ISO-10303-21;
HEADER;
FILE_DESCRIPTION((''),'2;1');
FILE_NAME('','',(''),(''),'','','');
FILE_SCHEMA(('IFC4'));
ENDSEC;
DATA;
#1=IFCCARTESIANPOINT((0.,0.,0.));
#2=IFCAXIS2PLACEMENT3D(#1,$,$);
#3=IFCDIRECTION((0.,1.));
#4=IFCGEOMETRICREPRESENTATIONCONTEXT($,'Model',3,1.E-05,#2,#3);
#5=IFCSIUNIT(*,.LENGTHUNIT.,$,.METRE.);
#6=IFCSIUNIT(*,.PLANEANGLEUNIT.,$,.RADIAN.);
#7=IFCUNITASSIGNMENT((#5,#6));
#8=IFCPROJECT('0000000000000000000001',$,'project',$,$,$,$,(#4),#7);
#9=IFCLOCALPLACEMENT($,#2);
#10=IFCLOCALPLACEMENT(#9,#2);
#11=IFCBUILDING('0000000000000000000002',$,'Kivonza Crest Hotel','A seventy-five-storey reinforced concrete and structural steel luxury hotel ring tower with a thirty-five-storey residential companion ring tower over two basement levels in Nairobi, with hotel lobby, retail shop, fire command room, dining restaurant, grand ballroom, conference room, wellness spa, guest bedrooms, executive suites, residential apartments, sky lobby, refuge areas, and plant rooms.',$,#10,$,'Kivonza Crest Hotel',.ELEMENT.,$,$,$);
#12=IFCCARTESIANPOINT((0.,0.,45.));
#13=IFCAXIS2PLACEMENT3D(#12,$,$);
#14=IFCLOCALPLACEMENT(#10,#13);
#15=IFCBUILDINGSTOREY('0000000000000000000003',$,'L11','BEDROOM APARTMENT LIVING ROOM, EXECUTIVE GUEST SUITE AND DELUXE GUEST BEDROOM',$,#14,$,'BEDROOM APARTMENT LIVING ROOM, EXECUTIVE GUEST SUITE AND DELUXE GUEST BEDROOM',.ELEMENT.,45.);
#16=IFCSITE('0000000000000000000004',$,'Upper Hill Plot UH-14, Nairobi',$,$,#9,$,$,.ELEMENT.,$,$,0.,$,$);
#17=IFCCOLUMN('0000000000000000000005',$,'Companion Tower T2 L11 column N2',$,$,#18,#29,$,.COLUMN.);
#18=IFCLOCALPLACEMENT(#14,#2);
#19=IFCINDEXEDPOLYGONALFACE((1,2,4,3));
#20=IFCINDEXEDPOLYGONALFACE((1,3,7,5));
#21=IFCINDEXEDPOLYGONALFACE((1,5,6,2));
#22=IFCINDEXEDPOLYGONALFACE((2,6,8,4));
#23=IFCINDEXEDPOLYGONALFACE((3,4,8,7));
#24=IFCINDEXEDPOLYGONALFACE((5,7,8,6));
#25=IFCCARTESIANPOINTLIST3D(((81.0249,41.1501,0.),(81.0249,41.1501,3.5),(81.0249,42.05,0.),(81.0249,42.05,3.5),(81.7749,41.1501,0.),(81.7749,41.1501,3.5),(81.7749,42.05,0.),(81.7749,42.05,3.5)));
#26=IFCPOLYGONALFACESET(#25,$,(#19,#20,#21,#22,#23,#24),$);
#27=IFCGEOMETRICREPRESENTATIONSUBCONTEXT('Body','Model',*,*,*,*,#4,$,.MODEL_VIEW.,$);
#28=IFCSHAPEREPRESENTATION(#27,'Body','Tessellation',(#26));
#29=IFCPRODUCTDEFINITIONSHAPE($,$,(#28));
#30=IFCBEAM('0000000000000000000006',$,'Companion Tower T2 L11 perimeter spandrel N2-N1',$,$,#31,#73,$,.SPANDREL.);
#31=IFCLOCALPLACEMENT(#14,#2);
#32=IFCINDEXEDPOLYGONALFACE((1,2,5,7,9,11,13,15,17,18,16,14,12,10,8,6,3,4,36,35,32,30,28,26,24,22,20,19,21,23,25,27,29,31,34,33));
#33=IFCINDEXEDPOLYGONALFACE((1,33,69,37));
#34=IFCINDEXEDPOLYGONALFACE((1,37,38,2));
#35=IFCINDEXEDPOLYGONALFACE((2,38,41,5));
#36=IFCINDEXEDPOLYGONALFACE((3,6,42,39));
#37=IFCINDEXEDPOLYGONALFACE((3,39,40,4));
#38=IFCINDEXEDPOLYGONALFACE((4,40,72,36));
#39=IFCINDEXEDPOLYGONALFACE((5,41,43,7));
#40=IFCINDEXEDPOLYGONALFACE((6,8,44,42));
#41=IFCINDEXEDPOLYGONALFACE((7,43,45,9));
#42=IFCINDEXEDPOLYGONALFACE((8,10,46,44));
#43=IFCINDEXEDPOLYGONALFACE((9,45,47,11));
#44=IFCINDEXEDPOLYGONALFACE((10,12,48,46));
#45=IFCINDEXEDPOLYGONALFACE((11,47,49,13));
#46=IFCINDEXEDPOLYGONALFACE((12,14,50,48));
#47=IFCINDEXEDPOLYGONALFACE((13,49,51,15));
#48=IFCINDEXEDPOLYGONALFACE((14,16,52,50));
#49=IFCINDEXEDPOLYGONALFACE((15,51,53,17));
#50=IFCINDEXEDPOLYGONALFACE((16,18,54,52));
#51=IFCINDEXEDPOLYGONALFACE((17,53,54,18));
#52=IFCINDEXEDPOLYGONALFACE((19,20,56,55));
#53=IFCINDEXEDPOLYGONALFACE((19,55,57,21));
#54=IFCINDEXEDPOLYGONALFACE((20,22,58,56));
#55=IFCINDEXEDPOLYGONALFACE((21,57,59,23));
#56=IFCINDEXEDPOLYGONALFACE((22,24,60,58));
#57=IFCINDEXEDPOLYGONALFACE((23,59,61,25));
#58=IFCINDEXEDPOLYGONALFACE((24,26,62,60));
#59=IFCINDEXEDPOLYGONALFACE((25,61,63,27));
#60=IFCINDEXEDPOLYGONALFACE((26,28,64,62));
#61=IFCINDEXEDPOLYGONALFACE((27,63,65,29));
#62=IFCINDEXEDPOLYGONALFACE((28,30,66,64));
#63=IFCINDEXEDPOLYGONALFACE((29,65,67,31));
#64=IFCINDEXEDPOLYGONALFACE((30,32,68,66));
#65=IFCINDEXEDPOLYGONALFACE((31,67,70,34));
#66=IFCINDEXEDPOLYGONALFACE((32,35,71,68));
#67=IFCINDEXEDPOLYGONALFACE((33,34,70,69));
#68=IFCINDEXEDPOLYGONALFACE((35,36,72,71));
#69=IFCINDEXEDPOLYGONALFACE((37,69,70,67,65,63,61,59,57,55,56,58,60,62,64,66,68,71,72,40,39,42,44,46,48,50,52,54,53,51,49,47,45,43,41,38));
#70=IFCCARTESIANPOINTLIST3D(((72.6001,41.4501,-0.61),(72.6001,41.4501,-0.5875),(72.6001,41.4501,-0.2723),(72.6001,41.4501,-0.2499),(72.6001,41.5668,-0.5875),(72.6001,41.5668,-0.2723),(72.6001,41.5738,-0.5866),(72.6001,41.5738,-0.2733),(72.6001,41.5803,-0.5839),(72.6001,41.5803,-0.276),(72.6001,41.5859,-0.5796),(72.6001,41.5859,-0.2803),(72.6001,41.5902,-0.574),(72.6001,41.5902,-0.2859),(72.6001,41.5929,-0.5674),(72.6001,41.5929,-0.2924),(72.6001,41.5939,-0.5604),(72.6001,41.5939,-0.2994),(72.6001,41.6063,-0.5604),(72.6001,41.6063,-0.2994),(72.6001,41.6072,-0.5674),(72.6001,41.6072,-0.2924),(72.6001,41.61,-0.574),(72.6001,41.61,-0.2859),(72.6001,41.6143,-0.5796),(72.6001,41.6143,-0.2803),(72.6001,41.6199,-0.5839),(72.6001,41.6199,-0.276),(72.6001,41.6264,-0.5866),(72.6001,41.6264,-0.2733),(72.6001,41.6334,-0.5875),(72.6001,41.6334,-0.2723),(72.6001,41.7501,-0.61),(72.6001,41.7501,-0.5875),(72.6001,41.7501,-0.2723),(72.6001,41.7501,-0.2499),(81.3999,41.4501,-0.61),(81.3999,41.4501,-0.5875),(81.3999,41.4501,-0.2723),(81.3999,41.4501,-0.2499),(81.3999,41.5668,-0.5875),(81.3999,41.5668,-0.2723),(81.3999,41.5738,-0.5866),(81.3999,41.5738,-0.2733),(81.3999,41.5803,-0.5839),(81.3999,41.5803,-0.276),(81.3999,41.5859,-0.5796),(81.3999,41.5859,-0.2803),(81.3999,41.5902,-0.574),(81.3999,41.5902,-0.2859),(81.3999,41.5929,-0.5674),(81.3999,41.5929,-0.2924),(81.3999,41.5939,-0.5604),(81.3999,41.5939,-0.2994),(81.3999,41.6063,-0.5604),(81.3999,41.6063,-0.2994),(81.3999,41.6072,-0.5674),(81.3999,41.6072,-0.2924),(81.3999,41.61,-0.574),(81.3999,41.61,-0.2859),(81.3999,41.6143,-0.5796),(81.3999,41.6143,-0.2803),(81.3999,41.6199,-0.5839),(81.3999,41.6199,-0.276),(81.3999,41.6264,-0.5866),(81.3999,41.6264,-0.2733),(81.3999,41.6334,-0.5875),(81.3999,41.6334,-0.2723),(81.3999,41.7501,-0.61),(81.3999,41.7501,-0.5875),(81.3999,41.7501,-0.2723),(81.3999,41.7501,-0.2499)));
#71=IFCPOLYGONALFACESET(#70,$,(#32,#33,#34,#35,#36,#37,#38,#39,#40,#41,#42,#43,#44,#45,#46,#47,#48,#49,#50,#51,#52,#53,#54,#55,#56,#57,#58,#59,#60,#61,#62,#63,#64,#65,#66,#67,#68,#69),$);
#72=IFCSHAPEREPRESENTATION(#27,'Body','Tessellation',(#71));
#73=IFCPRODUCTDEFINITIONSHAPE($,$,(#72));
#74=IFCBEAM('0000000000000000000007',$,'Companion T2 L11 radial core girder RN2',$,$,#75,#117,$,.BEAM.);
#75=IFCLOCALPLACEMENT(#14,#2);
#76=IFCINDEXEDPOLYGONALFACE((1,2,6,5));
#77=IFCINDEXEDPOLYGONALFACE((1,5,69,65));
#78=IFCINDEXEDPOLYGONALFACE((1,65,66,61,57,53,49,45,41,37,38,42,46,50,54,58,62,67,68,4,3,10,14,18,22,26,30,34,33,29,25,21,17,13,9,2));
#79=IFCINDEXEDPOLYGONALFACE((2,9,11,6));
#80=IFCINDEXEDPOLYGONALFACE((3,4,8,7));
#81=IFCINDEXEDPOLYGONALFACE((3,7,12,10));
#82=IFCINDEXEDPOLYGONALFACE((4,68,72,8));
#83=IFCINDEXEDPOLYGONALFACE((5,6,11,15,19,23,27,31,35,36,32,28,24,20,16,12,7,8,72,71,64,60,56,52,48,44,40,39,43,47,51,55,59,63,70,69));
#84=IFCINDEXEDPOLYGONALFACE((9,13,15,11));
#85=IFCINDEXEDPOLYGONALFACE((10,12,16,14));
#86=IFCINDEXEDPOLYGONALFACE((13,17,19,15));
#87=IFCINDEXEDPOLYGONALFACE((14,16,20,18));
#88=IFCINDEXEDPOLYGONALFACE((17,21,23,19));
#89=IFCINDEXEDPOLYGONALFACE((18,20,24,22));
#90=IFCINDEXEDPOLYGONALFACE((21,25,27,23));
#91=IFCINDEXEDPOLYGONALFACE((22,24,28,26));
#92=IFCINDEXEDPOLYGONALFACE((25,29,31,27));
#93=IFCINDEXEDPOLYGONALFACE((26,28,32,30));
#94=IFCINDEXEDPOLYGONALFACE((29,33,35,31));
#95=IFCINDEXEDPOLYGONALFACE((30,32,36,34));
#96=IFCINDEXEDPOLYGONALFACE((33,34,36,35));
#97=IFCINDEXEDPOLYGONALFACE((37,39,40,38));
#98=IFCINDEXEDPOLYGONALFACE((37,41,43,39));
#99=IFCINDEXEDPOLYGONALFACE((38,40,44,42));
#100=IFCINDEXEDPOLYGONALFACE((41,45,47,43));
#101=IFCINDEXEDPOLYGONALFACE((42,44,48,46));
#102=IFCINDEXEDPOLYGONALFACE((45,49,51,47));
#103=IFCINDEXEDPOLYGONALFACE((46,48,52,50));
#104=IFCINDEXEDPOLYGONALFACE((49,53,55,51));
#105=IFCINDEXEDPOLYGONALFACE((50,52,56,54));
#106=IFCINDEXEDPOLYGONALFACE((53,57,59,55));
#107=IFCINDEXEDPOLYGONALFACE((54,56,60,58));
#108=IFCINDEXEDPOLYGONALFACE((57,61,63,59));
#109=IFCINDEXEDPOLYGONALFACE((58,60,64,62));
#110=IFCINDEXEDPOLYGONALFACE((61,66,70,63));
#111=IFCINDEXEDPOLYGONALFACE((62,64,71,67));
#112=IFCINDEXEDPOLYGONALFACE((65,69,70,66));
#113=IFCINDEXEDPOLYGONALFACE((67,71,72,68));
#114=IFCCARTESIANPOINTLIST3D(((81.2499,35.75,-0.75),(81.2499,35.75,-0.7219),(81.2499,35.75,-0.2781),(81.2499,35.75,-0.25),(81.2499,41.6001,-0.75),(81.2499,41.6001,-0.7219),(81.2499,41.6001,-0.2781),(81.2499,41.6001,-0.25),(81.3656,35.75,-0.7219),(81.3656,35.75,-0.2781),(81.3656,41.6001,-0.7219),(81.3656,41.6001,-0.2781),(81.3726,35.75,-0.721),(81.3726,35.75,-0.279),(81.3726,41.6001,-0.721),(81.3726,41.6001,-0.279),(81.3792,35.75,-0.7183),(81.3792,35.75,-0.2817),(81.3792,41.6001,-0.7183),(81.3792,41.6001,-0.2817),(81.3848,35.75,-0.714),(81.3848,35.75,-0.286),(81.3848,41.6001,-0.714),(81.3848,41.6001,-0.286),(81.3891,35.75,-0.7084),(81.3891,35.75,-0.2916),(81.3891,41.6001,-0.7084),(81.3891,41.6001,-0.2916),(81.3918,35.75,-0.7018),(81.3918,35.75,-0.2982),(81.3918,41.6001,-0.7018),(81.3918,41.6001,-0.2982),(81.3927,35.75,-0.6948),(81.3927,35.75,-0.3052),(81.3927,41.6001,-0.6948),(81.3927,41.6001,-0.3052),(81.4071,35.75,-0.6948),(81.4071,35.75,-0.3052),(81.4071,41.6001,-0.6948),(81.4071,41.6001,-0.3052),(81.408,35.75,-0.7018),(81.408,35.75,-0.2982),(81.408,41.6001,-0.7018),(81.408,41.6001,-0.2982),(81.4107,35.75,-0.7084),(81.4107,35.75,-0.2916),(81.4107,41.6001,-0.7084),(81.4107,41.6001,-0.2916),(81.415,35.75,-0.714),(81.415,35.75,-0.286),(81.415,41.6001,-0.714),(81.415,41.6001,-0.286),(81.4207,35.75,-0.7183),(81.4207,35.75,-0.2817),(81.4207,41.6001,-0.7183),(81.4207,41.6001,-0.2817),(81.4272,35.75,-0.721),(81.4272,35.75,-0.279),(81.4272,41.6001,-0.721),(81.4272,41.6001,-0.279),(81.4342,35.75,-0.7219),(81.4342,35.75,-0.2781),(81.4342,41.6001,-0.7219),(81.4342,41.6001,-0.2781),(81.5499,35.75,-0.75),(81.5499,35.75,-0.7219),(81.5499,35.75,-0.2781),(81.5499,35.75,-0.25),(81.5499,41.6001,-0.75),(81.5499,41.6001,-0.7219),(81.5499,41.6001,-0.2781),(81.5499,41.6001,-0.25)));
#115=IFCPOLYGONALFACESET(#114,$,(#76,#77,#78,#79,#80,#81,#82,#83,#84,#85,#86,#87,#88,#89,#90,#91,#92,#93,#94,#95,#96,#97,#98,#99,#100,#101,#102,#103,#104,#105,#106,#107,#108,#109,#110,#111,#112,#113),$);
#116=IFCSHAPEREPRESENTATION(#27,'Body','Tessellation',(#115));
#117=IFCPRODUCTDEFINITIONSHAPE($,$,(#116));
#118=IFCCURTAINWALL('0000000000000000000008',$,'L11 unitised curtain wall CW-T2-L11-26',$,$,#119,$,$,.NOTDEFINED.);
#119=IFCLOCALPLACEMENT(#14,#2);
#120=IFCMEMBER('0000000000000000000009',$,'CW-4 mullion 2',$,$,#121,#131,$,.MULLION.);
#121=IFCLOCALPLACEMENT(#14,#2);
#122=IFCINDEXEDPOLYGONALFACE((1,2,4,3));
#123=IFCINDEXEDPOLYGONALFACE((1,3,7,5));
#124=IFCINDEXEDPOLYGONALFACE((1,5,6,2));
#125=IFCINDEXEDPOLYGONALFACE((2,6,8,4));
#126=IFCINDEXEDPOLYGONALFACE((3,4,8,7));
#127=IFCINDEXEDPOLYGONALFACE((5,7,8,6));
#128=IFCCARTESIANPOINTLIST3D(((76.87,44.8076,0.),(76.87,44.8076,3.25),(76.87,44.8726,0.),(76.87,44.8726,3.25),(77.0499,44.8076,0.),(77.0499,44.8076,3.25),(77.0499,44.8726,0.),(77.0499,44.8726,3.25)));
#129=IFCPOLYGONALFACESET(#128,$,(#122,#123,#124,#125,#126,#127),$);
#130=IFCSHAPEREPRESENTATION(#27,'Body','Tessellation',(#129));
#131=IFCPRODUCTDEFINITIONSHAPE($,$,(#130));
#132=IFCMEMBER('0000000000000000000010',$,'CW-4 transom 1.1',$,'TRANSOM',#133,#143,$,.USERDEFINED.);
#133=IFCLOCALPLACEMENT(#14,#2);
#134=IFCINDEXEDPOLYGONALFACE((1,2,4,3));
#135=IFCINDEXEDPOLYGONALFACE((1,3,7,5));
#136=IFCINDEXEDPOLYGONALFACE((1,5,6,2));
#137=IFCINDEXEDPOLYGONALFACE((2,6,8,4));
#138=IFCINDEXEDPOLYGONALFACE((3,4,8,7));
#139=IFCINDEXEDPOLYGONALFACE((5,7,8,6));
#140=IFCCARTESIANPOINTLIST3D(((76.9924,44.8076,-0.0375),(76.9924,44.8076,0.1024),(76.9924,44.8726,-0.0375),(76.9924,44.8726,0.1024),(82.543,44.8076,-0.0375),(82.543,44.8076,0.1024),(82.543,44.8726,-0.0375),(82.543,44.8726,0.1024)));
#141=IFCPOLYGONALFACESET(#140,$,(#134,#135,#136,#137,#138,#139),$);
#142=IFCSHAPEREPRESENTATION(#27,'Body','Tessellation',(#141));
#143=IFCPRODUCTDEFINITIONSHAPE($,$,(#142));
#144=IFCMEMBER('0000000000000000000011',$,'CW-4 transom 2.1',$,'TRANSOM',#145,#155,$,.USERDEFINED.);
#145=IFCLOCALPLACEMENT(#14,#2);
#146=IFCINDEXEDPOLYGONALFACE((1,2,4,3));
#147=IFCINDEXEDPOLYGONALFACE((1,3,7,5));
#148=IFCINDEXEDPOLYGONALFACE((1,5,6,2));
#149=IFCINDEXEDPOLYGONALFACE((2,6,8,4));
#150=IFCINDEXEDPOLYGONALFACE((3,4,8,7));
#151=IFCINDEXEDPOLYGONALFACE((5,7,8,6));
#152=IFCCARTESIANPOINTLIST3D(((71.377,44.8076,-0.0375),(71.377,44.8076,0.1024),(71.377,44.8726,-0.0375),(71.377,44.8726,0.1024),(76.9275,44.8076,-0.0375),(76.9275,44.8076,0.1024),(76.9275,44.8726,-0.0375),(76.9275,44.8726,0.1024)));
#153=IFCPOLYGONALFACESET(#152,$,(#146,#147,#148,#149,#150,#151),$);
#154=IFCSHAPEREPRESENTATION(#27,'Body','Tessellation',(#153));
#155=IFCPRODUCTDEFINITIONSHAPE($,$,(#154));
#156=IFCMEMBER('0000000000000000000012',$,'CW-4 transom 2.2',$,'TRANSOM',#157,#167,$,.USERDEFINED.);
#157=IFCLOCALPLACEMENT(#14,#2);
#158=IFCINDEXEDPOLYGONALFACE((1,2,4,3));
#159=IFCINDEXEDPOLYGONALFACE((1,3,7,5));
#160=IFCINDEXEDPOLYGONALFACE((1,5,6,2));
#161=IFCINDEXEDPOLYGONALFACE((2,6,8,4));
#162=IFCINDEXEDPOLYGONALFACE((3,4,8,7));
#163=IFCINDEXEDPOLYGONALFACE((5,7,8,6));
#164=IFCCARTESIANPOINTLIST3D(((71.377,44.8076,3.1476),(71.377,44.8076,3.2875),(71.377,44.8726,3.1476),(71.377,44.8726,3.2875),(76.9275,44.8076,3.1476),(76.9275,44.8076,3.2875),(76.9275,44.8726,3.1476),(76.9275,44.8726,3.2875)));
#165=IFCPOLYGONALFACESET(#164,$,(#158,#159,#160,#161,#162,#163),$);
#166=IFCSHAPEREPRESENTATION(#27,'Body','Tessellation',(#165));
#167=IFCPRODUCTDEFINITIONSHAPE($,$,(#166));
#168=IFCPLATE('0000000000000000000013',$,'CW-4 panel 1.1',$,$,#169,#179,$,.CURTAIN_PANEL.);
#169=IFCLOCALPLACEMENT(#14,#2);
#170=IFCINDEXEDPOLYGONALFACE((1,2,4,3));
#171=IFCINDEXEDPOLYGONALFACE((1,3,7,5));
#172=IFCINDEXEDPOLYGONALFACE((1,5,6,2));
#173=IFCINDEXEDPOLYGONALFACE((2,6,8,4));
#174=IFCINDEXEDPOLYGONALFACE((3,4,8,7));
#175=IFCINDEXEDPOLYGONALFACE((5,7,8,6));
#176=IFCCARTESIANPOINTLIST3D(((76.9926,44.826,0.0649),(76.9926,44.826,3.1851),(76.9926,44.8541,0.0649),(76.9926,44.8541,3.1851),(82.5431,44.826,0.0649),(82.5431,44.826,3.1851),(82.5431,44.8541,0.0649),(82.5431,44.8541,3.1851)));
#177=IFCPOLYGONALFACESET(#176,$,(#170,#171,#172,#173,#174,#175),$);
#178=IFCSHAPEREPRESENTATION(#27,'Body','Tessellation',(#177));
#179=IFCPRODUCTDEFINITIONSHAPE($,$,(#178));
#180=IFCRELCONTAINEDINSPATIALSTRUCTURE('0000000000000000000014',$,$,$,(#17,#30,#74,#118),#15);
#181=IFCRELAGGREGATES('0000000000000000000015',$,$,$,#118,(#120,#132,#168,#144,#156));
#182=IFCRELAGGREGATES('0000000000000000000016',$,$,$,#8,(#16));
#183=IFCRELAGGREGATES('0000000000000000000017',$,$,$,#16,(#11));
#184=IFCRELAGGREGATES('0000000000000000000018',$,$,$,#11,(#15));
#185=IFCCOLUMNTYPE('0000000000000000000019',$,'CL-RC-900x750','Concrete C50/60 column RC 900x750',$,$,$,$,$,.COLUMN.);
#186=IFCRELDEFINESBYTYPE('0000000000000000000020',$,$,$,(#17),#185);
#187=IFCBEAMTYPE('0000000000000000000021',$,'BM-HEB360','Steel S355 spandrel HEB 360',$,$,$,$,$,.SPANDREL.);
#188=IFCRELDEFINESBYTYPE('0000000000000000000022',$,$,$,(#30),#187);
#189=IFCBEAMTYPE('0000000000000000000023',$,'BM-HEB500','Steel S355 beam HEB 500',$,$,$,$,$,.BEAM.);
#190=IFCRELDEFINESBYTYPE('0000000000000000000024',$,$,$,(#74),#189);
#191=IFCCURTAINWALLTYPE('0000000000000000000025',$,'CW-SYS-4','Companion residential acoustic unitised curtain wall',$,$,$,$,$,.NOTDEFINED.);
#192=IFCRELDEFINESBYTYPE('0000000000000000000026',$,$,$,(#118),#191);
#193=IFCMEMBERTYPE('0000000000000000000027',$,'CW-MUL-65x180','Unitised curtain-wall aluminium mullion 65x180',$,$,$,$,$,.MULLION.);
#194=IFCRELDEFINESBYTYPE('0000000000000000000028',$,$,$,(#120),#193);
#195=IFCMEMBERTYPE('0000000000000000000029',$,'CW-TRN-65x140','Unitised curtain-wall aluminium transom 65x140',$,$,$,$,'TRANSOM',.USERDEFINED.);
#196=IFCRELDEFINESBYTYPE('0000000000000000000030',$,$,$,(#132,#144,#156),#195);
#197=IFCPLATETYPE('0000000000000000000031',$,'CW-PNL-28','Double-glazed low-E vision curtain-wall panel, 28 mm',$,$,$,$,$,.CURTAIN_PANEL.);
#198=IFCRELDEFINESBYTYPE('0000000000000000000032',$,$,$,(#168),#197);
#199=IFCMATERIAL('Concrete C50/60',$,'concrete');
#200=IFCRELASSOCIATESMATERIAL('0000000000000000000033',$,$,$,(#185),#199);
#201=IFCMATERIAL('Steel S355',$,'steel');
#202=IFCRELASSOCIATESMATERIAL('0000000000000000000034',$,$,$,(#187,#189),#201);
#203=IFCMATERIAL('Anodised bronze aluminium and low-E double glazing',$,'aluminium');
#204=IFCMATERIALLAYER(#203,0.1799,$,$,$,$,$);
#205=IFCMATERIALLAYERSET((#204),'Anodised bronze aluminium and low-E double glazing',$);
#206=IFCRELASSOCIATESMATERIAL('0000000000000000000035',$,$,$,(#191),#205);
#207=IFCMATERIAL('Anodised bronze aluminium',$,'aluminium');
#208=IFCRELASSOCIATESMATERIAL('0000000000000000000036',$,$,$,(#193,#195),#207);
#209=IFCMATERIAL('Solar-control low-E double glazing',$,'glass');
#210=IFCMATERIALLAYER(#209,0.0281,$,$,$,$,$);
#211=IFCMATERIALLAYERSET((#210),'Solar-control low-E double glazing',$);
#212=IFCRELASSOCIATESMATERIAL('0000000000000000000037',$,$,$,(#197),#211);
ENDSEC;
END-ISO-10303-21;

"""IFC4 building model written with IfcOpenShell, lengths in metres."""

from ifc_helpers import new_model, si_unit, direction, frame, origin, origin_2d, place, context, subcontext, project, spatial, rectangle, i_section, extrude, material, layer, layer_set, material_profile, profile_set, type_object, element, aggregate, save


model = new_model("IFC4")

# Units and contexts
model_context = context("Model", 3, precision=1e-05, world=origin(), true_north=direction((0.0, 1.0)))
body_context = subcontext(model_context, "Body", "Model", "MODEL_VIEW")
ifc_project = project(units=[si_unit("LENGTHUNIT", "METRE"), si_unit("PLANEANGLEUNIT", "RADIAN")], contexts=[model_context])

# Site, building, storey
site_placement = place(None, origin())
site = spatial("IfcSite", under=ifc_project, at=site_placement, Name="Upper Hill Plot UH-14, Nairobi", CompositionType="ELEMENT", RefElevation=0.0)
building_placement = place(site_placement, origin())
building = spatial("IfcBuilding", under=site, at=building_placement, Name="Kivonza Crest Hotel", Description="A seventy-five-storey reinforced concrete and structural steel luxury hotel ring tower with a thirty-five-storey residential companion ring tower over two basement levels in Nairobi, with hotel lobby, retail shop, fire command room, dining restaurant, grand ballroom, conference room, wellness spa, guest bedrooms, executive suites, residential apartments, sky lobby, refuge areas, and plant rooms.", LongName="Kivonza Crest Hotel", CompositionType="ELEMENT")
storey_placement = place(building_placement, frame((0.0, 0.0, 45.0)))
storey = spatial("IfcBuildingStorey", under=building, at=storey_placement, Name="L11", Description="BEDROOM APARTMENT LIVING ROOM, EXECUTIVE GUEST SUITE AND DELUXE GUEST BEDROOM", LongName="BEDROOM APARTMENT LIVING ROOM, EXECUTIVE GUEST SUITE AND DELUXE GUEST BEDROOM", CompositionType="ELEMENT", Elevation=45.0)

# Column
ifc_material_1 = material(Name="Concrete C50/60", Category="concrete")
ifc_material_profile_1 = material_profile(ifc_material_1, rectangle(XDim=0.75, YDim=0.8999, at=origin_2d()), Name="RC 900x750")
ifc_profile_set_1 = profile_set([ifc_material_profile_1], Name="Concrete C50/60")
column_type = type_object("IfcColumnType", Name="CL-RC-900x750", Description="Concrete C50/60 column RC 900x750", PredefinedType="COLUMN", material=ifc_profile_set_1)
column_placement = place(storey_placement, frame((81.3999, 41.6001, 0.0), z_axis=(0.0, 0.0, 1.0), x_axis=(1.0, 0.0, 0.0)))
element("IfcColumn", 1, at=column_placement, inside=storey, type_object=column_type, Name="Companion Tower T2 L11 column N2", PredefinedType="COLUMN", context=body_context, shape_type="SweptSolid", body=[
    extrude(rectangle(XDim=0.75, YDim=0.8999, at=origin_2d()), origin(), (0.0, 0.0, 1.0), 3.5),
])

# Beams
ifc_material_2 = material(Name="Steel S355", Category="steel")
ifc_material_profile_2 = material_profile(ifc_material_2, i_section(OverallWidth=0.3, OverallDepth=0.3601, WebThickness=0.0125, FlangeThickness=0.0225, FilletRadius=0.0271, at=origin_2d()), Name="HEB 360")
ifc_profile_set_2 = profile_set([ifc_material_profile_2], Name="Steel S355")
beam_type_1 = type_object("IfcBeamType", Name="BM-HEB360", Description="Steel S355 spandrel HEB 360", PredefinedType="SPANDREL", material=ifc_profile_set_2)
beam_1_placement = place(storey_placement, frame((81.3999, 41.6001, -0.4299), z_axis=(-1.0, 0.0, 0.0), x_axis=(0.0, -1.0, 0.0)))
element("IfcBeam", 2, at=beam_1_placement, inside=storey, type_object=beam_type_1, Name="Companion Tower T2 L11 perimeter spandrel N2-N1", PredefinedType="SPANDREL", context=body_context, shape_type="SweptSolid", body=[
    extrude(i_section(OverallWidth=0.3, OverallDepth=0.3601, WebThickness=0.0125, FlangeThickness=0.0225, FilletRadius=0.0271, at=origin_2d()), origin(), (0.0, 0.0, 1.0), 8.7998),
])
ifc_material_profile_3 = material_profile(ifc_material_2, i_section(OverallWidth=0.3, OverallDepth=0.5, WebThickness=0.0144, FlangeThickness=0.0281, FilletRadius=0.0271, at=origin_2d()), Name="HEB 500")
ifc_profile_set_3 = profile_set([ifc_material_profile_3], Name="Steel S355")
beam_type_2 = type_object("IfcBeamType", Name="BM-HEB500", Description="Steel S355 beam HEB 500", PredefinedType="BEAM", material=ifc_profile_set_3)
beam_2_placement = place(storey_placement, frame((81.3999, 41.6001, -0.5), z_axis=(0.0, -1.0, 0.0), x_axis=(1.0, 0.0, 0.0)))
element("IfcBeam", 3, at=beam_2_placement, inside=storey, type_object=beam_type_2, Name="Companion T2 L11 radial core girder RN2", PredefinedType="BEAM", context=body_context, shape_type="SweptSolid", body=[
    extrude(i_section(OverallWidth=0.3, OverallDepth=0.5, WebThickness=0.0144, FlangeThickness=0.0281, FilletRadius=0.0271, at=origin_2d()), origin(), (0.0, 0.0, 1.0), 5.8501),
])

# Curtain wall, members, plate
ifc_material_3 = material(Name="Anodised bronze aluminium and low-E double glazing", Category="aluminium")
ifc_layer_1 = layer(ifc_material_3, 0.1799)
ifc_layer_set_1 = layer_set([ifc_layer_1], Name="Anodised bronze aluminium and low-E double glazing")
curtain_wall_type = type_object("IfcCurtainWallType", Name="CW-SYS-4", Description="Companion residential acoustic unitised curtain wall", PredefinedType="NOTDEFINED", material=ifc_layer_set_1)
curtain_wall_placement = place(storey_placement, origin())
curtain_wall = element("IfcCurtainWall", 4, at=curtain_wall_placement, inside=storey, type_object=curtain_wall_type, Name="L11 unitised curtain wall CW-T2-L11-26", PredefinedType="NOTDEFINED")
ifc_material_4 = material(Name="Anodised bronze aluminium", Category="aluminium")
ifc_material_profile_4 = material_profile(ifc_material_4, rectangle(XDim=0.0649, YDim=0.1799, at=origin_2d()), Name="CW-M 65x180")
ifc_profile_set_4 = profile_set([ifc_material_profile_4], Name="Anodised bronze aluminium")
member_type_1 = type_object("IfcMemberType", Name="CW-MUL-65x180", Description="Unitised curtain-wall aluminium mullion 65x180", PredefinedType="MULLION", material=ifc_profile_set_4)
member_1_placement = place(storey_placement, frame((76.96, 44.8401, 0.0), z_axis=(0.0, 0.0, 1.0), x_axis=(0.0, -1.0, 0.0)))
member_1 = element("IfcMember", 5, at=member_1_placement, type_object=member_type_1, Name="CW-4 mullion 2", PredefinedType="MULLION", context=body_context, shape_type="SweptSolid", body=[
    extrude(rectangle(XDim=0.0649, YDim=0.1799, at=origin_2d()), origin(), (0.0, 0.0, 1.0), 3.25),
])
ifc_material_profile_5 = material_profile(ifc_material_4, rectangle(XDim=0.0649, YDim=0.1399, at=origin_2d()), Name="CW-T 65x140")
ifc_profile_set_5 = profile_set([ifc_material_profile_5], Name="Anodised bronze aluminium")
member_type_2 = type_object("IfcMemberType", Name="CW-TRN-65x140", Description="Unitised curtain-wall aluminium transom 65x140", ElementType="TRANSOM", PredefinedType="USERDEFINED", material=ifc_profile_set_5)
member_2_placement = place(storey_placement, frame((82.543, 44.8401, 0.0325), z_axis=(-1.0, 0.0, 0.0), x_axis=(0.0, -1.0, 0.0)))
member_2 = element("IfcMember", 6, at=member_2_placement, type_object=member_type_2, Name="CW-4 transom 1.1", ObjectType="TRANSOM", PredefinedType="USERDEFINED", context=body_context, shape_type="SweptSolid", body=[
    extrude(rectangle(XDim=0.0649, YDim=0.1399, at=origin_2d()), origin(), (0.0, 0.0, 1.0), 5.5505),
])
member_3_placement = place(storey_placement, frame((76.9275, 44.8401, 0.0325), z_axis=(-1.0, 0.0, 0.0), x_axis=(0.0, -1.0, 0.0)))
member_3 = element("IfcMember", 7, at=member_3_placement, type_object=member_type_2, Name="CW-4 transom 2.1", ObjectType="TRANSOM", PredefinedType="USERDEFINED", context=body_context, shape_type="SweptSolid", body=[
    extrude(rectangle(XDim=0.0649, YDim=0.1399, at=origin_2d()), origin(), (0.0, 0.0, 1.0), 5.5505),
])
member_4_placement = place(storey_placement, frame((76.9275, 44.8401, 3.2175), z_axis=(-1.0, 0.0, 0.0), x_axis=(0.0, -1.0, 0.0)))
member_4 = element("IfcMember", 8, at=member_4_placement, type_object=member_type_2, Name="CW-4 transom 2.2", ObjectType="TRANSOM", PredefinedType="USERDEFINED", context=body_context, shape_type="SweptSolid", body=[
    extrude(rectangle(XDim=0.0649, YDim=0.1399, at=origin_2d()), origin(), (0.0, 0.0, 1.0), 5.5505),
])
ifc_material_5 = material(Name="Solar-control low-E double glazing", Category="glass")
ifc_layer_2 = layer(ifc_material_5, 0.0281)
ifc_layer_set_2 = layer_set([ifc_layer_2], Name="Solar-control low-E double glazing")
plate_type = type_object("IfcPlateType", Name="CW-PNL-28", Description="Double-glazed low-E vision curtain-wall panel, 28 mm", PredefinedType="CURTAIN_PANEL", material=ifc_layer_set_2)
plate_1_placement = place(storey_placement, frame((79.7678, 44.8401, 0.0649), z_axis=(0.0, 0.0, 1.0), x_axis=(-1.0, 0.0, 0.0)))
plate_1 = element("IfcPlate", 9, at=plate_1_placement, type_object=plate_type, Name="CW-4 panel 1.1", PredefinedType="CURTAIN_PANEL", context=body_context, shape_type="SweptSolid", body=[
    extrude(rectangle(XDim=5.5505, YDim=0.0281, at=origin_2d()), origin(), (0.0, 0.0, 1.0), 3.1201),
])
aggregate(curtain_wall, [member_1, member_2, plate_1, member_3, member_4])

save(model, "model.ifc")
